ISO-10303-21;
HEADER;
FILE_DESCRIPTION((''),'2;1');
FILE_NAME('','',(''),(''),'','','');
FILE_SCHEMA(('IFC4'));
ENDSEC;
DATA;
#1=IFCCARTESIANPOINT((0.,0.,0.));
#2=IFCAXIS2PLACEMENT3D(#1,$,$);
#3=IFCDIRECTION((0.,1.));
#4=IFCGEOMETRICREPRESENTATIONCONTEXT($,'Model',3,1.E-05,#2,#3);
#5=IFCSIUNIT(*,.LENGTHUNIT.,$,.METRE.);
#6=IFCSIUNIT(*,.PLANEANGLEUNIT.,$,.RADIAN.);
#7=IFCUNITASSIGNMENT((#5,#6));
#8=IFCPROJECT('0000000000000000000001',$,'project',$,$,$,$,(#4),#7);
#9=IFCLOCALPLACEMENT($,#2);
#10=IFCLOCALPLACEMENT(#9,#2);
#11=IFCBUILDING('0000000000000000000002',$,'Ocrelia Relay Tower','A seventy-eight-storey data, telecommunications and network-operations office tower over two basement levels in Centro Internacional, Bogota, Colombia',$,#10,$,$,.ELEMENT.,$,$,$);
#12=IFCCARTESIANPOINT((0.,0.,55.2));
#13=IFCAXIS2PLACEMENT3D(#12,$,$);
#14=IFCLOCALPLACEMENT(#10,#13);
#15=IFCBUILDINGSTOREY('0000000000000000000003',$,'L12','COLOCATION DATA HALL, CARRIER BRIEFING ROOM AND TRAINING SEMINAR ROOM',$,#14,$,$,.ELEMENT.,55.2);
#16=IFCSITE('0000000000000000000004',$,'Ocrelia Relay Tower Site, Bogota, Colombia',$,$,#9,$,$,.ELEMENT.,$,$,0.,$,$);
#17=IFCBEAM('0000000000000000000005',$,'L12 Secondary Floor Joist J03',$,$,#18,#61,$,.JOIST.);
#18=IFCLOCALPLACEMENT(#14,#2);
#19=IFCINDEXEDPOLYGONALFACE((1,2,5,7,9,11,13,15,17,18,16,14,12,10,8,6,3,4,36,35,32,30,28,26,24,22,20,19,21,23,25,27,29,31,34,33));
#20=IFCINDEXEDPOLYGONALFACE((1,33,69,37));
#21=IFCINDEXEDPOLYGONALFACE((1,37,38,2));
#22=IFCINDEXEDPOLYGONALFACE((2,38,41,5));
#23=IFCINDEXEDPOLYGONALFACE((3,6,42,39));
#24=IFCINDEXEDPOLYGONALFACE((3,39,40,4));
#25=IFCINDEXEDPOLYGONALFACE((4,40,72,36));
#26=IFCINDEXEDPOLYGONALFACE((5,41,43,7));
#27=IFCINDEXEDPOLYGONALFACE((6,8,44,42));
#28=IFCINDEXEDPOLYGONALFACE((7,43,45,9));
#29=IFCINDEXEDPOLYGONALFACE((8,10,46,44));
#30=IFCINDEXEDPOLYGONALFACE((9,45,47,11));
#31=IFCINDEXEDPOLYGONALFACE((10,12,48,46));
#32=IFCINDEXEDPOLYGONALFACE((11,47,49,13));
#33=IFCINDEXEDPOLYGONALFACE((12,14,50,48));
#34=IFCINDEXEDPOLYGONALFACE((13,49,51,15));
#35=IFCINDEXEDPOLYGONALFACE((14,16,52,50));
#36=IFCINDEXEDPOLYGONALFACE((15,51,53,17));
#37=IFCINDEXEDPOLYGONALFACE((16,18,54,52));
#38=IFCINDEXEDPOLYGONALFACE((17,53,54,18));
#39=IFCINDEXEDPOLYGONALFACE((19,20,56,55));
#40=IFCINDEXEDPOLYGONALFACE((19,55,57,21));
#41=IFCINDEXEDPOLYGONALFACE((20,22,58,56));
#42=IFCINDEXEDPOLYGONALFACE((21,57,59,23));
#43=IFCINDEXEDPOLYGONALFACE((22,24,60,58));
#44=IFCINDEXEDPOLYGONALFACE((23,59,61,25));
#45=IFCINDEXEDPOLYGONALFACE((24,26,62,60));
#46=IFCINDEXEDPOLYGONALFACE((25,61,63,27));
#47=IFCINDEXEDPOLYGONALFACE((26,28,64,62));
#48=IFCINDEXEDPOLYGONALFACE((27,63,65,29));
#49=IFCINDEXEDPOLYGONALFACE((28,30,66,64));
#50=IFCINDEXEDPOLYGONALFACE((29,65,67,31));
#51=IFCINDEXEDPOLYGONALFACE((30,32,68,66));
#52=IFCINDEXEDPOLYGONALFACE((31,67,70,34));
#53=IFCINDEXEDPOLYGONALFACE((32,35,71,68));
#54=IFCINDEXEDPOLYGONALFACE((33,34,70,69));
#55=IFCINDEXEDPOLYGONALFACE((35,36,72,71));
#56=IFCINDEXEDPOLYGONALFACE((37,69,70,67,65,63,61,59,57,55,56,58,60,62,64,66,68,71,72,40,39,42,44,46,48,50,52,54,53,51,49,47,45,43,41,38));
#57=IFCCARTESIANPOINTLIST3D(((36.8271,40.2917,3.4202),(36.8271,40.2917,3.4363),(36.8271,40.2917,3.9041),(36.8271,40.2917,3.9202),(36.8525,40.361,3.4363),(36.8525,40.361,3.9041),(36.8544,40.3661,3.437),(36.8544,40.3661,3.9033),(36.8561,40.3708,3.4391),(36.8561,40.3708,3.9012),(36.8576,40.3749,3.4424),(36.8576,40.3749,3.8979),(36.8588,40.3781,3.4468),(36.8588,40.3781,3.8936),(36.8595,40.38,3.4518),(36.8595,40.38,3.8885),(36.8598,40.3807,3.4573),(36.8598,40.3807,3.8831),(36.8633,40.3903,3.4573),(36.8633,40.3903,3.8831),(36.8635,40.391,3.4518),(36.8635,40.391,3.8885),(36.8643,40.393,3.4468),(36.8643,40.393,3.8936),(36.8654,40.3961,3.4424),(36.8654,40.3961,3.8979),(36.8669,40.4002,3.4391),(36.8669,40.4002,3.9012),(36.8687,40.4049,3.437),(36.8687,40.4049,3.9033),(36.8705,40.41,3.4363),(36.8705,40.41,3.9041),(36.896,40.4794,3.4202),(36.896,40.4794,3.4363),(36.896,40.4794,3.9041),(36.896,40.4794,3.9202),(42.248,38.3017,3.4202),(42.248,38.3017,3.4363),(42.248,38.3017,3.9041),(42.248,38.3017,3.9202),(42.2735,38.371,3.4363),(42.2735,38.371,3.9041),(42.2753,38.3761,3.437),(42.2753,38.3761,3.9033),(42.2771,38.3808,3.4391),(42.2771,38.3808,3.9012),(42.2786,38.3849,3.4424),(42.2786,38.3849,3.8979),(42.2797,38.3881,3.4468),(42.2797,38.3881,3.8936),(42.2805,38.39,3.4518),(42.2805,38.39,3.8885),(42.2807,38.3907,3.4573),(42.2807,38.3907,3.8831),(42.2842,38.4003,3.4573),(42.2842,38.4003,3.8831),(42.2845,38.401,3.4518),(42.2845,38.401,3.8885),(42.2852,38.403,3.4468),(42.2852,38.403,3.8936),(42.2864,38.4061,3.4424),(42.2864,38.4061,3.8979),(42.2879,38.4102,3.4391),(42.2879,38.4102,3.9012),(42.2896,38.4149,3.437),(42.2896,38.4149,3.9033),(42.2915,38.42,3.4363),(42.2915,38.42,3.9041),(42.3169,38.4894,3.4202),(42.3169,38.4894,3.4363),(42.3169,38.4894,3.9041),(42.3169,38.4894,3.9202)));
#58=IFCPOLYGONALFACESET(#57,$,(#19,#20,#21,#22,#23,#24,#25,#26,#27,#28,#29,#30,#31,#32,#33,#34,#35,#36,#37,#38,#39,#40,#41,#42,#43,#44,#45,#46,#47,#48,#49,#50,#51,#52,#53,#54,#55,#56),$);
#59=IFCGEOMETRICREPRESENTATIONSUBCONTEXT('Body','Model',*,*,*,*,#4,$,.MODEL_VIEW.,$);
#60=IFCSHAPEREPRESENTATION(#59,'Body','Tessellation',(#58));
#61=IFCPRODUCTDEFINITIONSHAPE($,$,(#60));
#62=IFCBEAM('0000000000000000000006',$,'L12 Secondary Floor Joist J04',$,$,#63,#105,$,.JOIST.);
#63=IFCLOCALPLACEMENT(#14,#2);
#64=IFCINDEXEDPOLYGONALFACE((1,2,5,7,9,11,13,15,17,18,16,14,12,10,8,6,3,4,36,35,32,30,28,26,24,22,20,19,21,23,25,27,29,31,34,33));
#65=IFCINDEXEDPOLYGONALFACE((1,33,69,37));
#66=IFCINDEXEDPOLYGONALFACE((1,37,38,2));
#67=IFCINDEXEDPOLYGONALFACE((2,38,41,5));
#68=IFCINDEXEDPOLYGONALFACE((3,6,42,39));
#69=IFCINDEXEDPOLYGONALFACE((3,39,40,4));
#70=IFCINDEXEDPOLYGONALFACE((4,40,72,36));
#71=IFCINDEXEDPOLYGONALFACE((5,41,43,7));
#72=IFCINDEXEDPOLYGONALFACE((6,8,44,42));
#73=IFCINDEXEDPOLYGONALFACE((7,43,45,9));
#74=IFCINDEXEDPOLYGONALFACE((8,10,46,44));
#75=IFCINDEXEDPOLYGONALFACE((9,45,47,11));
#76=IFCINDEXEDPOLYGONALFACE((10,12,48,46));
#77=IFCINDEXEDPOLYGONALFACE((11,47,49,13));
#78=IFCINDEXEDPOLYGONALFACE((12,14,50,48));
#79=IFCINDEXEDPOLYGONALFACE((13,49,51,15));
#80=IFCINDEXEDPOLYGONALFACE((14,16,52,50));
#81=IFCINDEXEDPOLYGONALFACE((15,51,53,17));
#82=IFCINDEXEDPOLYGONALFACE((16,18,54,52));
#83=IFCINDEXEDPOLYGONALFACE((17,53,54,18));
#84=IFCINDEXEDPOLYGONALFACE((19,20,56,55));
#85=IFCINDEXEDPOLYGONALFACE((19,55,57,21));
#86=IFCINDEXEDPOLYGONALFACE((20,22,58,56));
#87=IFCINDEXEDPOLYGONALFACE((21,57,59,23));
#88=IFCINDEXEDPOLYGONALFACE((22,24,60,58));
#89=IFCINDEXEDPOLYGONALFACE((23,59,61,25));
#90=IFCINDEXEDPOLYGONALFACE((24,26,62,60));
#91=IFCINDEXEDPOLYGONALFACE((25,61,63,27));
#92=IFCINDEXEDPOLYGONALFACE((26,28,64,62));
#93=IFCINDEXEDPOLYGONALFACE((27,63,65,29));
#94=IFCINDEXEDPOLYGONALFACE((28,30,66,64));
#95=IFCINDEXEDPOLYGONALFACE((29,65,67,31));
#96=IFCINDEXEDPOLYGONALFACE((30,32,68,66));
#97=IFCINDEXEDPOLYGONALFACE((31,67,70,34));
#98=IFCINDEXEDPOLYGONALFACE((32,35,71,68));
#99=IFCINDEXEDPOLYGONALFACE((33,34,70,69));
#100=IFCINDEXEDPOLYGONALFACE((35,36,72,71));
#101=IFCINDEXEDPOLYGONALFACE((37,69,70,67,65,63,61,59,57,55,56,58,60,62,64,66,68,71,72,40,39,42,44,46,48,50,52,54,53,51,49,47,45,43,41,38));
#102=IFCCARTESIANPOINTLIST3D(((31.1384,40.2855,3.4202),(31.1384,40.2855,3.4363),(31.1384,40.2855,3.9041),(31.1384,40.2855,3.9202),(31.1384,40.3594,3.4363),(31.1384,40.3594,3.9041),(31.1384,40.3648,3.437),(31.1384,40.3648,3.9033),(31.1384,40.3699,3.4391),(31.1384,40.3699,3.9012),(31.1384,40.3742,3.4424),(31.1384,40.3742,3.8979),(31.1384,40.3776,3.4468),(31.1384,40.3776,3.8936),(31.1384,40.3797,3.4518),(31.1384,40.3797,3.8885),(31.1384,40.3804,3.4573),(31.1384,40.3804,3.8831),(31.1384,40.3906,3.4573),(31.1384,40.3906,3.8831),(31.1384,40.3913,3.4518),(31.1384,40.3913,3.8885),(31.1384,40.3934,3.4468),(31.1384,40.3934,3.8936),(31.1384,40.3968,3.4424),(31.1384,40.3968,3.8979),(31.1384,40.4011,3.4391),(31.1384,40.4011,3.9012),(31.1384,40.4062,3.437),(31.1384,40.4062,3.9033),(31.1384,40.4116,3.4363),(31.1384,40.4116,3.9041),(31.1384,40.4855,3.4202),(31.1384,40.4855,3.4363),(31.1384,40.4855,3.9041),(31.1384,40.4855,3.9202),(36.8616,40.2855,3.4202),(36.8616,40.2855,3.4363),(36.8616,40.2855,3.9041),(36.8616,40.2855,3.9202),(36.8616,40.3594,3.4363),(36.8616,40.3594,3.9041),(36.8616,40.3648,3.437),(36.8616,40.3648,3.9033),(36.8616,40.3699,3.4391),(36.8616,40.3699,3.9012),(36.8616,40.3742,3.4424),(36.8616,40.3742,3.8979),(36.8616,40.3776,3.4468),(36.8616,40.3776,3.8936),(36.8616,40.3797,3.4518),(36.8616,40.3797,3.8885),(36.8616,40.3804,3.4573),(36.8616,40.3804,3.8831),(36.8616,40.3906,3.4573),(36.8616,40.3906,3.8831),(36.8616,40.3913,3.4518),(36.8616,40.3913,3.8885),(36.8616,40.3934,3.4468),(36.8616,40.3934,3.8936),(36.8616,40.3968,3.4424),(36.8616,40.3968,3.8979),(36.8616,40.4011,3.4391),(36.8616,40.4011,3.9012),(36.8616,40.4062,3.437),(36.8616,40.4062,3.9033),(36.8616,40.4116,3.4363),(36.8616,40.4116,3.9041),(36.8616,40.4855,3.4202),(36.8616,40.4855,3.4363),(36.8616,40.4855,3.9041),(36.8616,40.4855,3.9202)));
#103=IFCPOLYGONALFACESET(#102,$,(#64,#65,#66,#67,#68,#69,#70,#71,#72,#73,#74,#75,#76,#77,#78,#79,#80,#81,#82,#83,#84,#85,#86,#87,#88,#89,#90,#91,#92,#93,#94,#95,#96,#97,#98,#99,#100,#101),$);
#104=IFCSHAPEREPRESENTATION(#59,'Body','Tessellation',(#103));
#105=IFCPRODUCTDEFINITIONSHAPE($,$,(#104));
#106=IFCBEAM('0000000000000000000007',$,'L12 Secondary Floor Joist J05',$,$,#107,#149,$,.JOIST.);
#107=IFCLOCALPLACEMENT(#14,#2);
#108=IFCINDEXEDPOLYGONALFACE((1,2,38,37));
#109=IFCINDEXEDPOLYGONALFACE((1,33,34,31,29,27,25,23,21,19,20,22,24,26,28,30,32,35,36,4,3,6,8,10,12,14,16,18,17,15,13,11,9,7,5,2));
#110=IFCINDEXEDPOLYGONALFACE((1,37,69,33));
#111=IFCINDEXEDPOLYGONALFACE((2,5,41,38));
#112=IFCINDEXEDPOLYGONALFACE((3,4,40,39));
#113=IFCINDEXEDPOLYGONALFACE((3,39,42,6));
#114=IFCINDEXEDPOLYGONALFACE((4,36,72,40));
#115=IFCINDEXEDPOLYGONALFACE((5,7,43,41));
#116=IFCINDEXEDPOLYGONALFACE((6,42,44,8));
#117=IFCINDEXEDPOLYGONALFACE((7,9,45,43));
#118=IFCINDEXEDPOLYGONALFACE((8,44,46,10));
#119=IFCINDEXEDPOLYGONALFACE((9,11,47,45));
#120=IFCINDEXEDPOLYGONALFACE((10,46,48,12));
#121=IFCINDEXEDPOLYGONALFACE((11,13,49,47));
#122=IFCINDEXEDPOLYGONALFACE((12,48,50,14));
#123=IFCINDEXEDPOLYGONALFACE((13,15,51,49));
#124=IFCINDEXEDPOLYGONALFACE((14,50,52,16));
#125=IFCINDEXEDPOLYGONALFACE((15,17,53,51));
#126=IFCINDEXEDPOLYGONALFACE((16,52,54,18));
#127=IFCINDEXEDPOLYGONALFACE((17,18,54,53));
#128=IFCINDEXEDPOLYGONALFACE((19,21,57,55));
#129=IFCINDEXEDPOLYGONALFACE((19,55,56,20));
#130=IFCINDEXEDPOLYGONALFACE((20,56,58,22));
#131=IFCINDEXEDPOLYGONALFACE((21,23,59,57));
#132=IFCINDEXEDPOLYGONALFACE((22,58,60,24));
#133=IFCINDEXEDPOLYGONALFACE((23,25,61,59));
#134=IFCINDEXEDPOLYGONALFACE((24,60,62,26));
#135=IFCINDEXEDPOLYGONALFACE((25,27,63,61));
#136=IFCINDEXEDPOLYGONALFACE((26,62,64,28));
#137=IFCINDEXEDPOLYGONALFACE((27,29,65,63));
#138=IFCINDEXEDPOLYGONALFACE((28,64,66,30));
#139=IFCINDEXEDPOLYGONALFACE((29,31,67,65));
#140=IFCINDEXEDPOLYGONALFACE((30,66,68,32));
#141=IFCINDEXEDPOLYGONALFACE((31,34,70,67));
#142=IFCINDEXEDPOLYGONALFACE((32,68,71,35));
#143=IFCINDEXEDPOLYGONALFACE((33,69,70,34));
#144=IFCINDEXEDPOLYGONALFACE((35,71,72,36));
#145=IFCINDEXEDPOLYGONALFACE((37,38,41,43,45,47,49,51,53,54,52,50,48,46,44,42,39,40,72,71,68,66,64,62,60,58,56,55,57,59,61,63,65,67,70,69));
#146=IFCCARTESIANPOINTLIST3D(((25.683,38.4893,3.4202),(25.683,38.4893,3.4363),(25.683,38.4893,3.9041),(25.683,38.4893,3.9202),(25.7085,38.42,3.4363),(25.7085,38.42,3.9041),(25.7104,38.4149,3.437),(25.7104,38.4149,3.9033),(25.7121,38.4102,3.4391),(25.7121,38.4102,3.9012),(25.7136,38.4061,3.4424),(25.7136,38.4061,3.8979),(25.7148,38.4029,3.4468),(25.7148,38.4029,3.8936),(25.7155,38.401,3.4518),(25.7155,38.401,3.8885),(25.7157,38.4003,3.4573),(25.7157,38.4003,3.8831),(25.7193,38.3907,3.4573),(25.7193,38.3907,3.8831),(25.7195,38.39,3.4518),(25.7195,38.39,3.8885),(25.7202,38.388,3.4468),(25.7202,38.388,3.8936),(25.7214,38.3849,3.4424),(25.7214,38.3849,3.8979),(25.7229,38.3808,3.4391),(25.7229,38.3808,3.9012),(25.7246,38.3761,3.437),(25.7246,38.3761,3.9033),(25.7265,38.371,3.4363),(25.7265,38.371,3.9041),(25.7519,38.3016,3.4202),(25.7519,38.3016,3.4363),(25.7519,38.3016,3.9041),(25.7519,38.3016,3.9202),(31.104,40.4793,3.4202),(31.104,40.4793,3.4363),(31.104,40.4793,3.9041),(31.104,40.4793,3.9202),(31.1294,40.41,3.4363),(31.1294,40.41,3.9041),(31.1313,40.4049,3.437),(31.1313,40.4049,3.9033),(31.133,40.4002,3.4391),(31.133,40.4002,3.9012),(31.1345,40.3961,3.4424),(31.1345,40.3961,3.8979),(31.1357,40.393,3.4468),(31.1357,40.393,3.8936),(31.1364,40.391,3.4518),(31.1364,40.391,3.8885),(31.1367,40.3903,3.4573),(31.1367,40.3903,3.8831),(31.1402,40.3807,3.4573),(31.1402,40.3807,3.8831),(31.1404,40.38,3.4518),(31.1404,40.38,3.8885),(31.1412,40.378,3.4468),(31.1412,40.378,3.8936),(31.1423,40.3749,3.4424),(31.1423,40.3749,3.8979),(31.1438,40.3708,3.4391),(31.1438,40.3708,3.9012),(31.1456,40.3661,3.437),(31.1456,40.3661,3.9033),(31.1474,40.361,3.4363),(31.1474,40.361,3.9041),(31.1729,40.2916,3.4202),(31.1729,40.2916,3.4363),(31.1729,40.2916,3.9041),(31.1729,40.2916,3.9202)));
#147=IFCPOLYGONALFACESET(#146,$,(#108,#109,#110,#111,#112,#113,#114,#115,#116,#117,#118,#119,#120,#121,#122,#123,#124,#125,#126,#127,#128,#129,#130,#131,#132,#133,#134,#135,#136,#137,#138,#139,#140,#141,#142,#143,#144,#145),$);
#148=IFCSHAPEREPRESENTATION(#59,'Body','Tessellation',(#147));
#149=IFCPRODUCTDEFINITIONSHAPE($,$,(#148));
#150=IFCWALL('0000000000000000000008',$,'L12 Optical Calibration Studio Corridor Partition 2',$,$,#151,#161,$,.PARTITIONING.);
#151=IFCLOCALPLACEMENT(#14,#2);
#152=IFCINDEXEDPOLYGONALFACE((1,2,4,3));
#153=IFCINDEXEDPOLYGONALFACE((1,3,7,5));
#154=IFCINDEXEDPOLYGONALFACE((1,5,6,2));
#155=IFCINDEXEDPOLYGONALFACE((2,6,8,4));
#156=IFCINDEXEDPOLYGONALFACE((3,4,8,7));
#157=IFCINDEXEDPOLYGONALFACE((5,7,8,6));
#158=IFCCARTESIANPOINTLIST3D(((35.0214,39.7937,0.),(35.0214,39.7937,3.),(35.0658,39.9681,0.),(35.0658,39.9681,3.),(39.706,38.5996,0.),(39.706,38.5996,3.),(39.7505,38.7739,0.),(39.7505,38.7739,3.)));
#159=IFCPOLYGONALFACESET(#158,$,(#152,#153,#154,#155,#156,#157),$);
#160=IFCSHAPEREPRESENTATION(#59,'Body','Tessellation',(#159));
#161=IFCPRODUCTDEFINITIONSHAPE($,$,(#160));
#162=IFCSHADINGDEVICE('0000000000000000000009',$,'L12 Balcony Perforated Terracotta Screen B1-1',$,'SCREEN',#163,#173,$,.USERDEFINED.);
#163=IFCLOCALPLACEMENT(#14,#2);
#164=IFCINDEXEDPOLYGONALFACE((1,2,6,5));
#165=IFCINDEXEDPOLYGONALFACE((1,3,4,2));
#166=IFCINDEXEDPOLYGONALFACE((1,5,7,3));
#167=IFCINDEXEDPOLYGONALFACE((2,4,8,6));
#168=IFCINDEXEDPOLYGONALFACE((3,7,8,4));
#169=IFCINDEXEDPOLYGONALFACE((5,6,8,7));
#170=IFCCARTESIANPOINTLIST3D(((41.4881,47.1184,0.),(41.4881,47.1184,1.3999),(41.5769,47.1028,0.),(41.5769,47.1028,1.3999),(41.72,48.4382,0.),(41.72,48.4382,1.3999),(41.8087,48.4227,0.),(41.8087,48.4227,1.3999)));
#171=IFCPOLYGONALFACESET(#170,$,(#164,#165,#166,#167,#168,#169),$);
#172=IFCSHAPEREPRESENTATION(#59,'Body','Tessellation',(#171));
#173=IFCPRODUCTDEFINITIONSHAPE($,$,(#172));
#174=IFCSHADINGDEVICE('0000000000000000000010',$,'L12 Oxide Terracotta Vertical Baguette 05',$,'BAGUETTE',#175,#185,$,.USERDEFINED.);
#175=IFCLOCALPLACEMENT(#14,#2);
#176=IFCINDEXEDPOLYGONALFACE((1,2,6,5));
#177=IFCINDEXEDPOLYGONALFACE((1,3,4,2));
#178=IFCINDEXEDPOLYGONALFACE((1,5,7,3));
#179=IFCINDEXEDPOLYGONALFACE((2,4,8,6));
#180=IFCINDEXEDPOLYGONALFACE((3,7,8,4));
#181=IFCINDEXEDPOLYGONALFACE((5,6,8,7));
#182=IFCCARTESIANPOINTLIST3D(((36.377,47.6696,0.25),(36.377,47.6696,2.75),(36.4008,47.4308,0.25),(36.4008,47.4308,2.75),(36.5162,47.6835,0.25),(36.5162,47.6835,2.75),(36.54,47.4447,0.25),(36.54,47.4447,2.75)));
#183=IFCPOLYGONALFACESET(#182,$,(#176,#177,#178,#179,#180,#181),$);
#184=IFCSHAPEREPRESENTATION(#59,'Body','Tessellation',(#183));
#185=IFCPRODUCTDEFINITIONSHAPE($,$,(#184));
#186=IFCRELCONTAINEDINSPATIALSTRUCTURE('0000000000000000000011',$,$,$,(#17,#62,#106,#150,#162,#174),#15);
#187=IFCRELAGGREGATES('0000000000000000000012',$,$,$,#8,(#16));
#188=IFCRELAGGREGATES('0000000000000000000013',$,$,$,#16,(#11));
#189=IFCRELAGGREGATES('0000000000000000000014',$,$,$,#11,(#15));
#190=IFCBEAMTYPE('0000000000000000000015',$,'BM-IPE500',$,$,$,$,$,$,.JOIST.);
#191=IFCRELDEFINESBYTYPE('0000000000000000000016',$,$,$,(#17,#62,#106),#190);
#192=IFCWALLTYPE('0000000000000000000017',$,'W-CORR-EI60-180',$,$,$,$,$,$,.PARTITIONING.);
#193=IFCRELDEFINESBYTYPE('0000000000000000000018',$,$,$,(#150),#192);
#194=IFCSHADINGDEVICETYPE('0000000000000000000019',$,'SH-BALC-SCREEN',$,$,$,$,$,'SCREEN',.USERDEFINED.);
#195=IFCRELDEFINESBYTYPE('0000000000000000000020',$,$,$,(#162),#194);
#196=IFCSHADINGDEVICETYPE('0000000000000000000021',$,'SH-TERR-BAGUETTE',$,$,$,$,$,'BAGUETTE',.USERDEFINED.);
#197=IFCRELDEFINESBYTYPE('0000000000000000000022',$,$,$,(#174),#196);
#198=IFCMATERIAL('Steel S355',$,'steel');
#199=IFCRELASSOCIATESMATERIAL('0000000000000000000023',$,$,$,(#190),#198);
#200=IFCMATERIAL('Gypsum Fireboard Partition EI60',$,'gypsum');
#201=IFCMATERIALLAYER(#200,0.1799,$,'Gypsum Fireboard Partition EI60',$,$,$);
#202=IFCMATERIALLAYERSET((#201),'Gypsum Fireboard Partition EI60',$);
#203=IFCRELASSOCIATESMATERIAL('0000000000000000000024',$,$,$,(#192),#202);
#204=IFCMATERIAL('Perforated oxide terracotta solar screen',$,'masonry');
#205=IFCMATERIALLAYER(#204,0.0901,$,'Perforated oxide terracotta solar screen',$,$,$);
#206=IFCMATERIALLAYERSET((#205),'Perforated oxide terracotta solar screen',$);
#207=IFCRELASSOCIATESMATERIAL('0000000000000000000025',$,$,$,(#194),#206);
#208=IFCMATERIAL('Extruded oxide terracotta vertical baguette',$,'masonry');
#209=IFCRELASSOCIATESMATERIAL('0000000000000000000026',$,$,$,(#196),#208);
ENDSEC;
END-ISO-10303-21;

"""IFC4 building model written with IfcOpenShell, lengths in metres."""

from ifc_helpers import new_model, si_unit, direction, frame, frame_2d, origin, origin_2d, place, context, subcontext, project, spatial, rectangle, i_section, extrude, material, layer, layer_set, material_profile, profile_set, type_object, element, save


model = new_model("IFC4")

# Units and contexts
model_context = context("Model", 3, precision=1e-05, world=origin(), true_north=direction((0.0, 1.0)))
body_context = subcontext(model_context, "Body", "Model", "MODEL_VIEW")
ifc_project = project(units=[si_unit("LENGTHUNIT", "METRE"), si_unit("PLANEANGLEUNIT", "RADIAN")], contexts=[model_context])

# Site, building, storey
site_placement = place(None, origin())
site = spatial("IfcSite", under=ifc_project, at=site_placement, Name="Ocrelia Relay Tower Site, Bogota, Colombia", CompositionType="ELEMENT", RefElevation=0.0)
building_placement = place(site_placement, origin())
building = spatial("IfcBuilding", under=site, at=building_placement, Name="Ocrelia Relay Tower", Description="A seventy-eight-storey data, telecommunications and network-operations office tower over two basement levels in Centro Internacional, Bogota, Colombia", CompositionType="ELEMENT")
storey_placement = place(building_placement, frame((0.0, 0.0, 55.2)))
storey = spatial("IfcBuildingStorey", under=building, at=storey_placement, Name="L12", Description="COLOCATION DATA HALL, CARRIER BRIEFING ROOM AND TRAINING SEMINAR ROOM", CompositionType="ELEMENT", Elevation=55.2)

# Beams
ifc_material_1 = material(Name="Steel S355", Category="steel")
ifc_material_profile_1 = material_profile(ifc_material_1, i_section(OverallWidth=0.2, OverallDepth=0.5, WebThickness=0.0103, FlangeThickness=0.0161, FilletRadius=0.021, at=origin_2d()), Name="IPE 500")
ifc_profile_set_1 = profile_set([ifc_material_profile_1], Name="Steel S355")
beam_type_1 = type_object("IfcBeamType", Name="BM-IPE500", PredefinedType="JOIST", material=ifc_profile_set_1)
beam_1_placement = place(storey_placement, frame((42.2825, 38.3955, 3.6702), z_axis=(-0.938746, 0.34461, 0.0), x_axis=(-0.34461, -0.938746, 0.0)))
element("IfcBeam", 1, at=beam_1_placement, inside=storey, type_object=beam_type_1, Name="L12 Secondary Floor Joist J03", PredefinedType="JOIST", context=body_context, shape_type="SweptSolid", body=[
    extrude(i_section(OverallWidth=0.2, OverallDepth=0.5, WebThickness=0.0103, FlangeThickness=0.0161, FilletRadius=0.021, at=origin_2d()), origin(), (0.0, 0.0, 1.0), 5.7747),
])
beam_2_placement = place(storey_placement, frame((36.8616, 40.3855, 3.6702), z_axis=(-1.0, 0.0, 0.0), x_axis=(0.0, -1.0, 0.0)))
element("IfcBeam", 2, at=beam_2_placement, inside=storey, type_object=beam_type_1, Name="L12 Secondary Floor Joist J04", PredefinedType="JOIST", context=body_context, shape_type="SweptSolid", body=[
    extrude(i_section(OverallWidth=0.2, OverallDepth=0.5, WebThickness=0.0103, FlangeThickness=0.0161, FilletRadius=0.021, at=origin_2d()), origin(), (0.0, 0.0, 1.0), 5.7231),
])
beam_3_placement = place(storey_placement, frame((31.1384, 40.3855, 3.6702), z_axis=(-0.938746, -0.34461, 0.0), x_axis=(0.34461, -0.938746, 0.0)))
element("IfcBeam", 3, at=beam_3_placement, inside=storey, type_object=beam_type_1, Name="L12 Secondary Floor Joist J05", PredefinedType="JOIST", context=body_context, shape_type="SweptSolid", body=[
    extrude(i_section(OverallWidth=0.2, OverallDepth=0.5, WebThickness=0.0103, FlangeThickness=0.0161, FilletRadius=0.021, at=origin_2d()), origin(), (0.0, 0.0, 1.0), 5.7747),
])

# Wall
ifc_material_2 = material(Name="Gypsum Fireboard Partition EI60", Category="gypsum")
ifc_layer_1 = layer(ifc_material_2, 0.1799, Name="Gypsum Fireboard Partition EI60")
ifc_layer_set_1 = layer_set([ifc_layer_1], Name="Gypsum Fireboard Partition EI60")
wall_type_1 = type_object("IfcWallType", Name="W-CORR-EI60-180", PredefinedType="PARTITIONING", material=ifc_layer_set_1)
wall_1_placement = place(storey_placement, frame((39.7283, 38.6868, 0.0), z_axis=(0.0, 0.0, 1.0), x_axis=(-0.969015, 0.247001, 0.0)))
element("IfcWall", 4, at=wall_1_placement, inside=storey, type_object=wall_type_1, Name="L12 Optical Calibration Studio Corridor Partition 2", PredefinedType="PARTITIONING", context=body_context, shape_type="SweptSolid", body=[
    extrude(rectangle(XDim=4.8345, YDim=0.1799, at=frame_2d((2.4172, 0.0))), origin(), (0.0, 0.0, 1.0), 3.0),
])

# Shading devices
ifc_material_3 = material(Name="Perforated oxide terracotta solar screen", Category="masonry")
ifc_layer_2 = layer(ifc_material_3, 0.0901, Name="Perforated oxide terracotta solar screen")
ifc_layer_set_2 = layer_set([ifc_layer_2], Name="Perforated oxide terracotta solar screen")
shading_device_type_1 = type_object("IfcShadingDeviceType", Name="SH-BALC-SCREEN", ElementType="SCREEN", PredefinedType="USERDEFINED", material=ifc_layer_set_2)
shading_device_1_placement = place(storey_placement, frame((41.6484, 47.7705, 0.0), z_axis=(0.0, 0.0, 1.0), x_axis=(0.173016, 0.984919, 0.0)))
element("IfcShadingDevice", 5, at=shading_device_1_placement, inside=storey, type_object=shading_device_type_1, Name="L12 Balcony Perforated Terracotta Screen B1-1", ObjectType="SCREEN", PredefinedType="USERDEFINED", context=body_context, shape_type="SweptSolid", body=[
    extrude(rectangle(XDim=1.3401, YDim=0.0901, at=origin_2d()), origin(), (0.0, 0.0, 1.0), 1.3999),
])
ifc_material_4 = material(Name="Extruded oxide terracotta vertical baguette", Category="masonry")
shading_device_type_2 = type_object("IfcShadingDeviceType", Name="SH-TERR-BAGUETTE", ElementType="BAGUETTE", PredefinedType="USERDEFINED", material=ifc_material_4)
shading_device_2_placement = place(storey_placement, frame((36.4585, 47.5571, 0.25), z_axis=(0.0, 0.0, 1.0), x_axis=(-0.995056, -0.099318, 0.0)))
element("IfcShadingDevice", 6, at=shading_device_2_placement, inside=storey, type_object=shading_device_type_2, Name="L12 Oxide Terracotta Vertical Baguette 05", ObjectType="BAGUETTE", PredefinedType="USERDEFINED", context=body_context, shape_type="SweptSolid", body=[
    extrude(rectangle(XDim=0.1399, YDim=0.24, at=origin_2d()), origin(), (0.0, 0.0, 1.0), 2.5),
])

save(model, "model.ifc")
